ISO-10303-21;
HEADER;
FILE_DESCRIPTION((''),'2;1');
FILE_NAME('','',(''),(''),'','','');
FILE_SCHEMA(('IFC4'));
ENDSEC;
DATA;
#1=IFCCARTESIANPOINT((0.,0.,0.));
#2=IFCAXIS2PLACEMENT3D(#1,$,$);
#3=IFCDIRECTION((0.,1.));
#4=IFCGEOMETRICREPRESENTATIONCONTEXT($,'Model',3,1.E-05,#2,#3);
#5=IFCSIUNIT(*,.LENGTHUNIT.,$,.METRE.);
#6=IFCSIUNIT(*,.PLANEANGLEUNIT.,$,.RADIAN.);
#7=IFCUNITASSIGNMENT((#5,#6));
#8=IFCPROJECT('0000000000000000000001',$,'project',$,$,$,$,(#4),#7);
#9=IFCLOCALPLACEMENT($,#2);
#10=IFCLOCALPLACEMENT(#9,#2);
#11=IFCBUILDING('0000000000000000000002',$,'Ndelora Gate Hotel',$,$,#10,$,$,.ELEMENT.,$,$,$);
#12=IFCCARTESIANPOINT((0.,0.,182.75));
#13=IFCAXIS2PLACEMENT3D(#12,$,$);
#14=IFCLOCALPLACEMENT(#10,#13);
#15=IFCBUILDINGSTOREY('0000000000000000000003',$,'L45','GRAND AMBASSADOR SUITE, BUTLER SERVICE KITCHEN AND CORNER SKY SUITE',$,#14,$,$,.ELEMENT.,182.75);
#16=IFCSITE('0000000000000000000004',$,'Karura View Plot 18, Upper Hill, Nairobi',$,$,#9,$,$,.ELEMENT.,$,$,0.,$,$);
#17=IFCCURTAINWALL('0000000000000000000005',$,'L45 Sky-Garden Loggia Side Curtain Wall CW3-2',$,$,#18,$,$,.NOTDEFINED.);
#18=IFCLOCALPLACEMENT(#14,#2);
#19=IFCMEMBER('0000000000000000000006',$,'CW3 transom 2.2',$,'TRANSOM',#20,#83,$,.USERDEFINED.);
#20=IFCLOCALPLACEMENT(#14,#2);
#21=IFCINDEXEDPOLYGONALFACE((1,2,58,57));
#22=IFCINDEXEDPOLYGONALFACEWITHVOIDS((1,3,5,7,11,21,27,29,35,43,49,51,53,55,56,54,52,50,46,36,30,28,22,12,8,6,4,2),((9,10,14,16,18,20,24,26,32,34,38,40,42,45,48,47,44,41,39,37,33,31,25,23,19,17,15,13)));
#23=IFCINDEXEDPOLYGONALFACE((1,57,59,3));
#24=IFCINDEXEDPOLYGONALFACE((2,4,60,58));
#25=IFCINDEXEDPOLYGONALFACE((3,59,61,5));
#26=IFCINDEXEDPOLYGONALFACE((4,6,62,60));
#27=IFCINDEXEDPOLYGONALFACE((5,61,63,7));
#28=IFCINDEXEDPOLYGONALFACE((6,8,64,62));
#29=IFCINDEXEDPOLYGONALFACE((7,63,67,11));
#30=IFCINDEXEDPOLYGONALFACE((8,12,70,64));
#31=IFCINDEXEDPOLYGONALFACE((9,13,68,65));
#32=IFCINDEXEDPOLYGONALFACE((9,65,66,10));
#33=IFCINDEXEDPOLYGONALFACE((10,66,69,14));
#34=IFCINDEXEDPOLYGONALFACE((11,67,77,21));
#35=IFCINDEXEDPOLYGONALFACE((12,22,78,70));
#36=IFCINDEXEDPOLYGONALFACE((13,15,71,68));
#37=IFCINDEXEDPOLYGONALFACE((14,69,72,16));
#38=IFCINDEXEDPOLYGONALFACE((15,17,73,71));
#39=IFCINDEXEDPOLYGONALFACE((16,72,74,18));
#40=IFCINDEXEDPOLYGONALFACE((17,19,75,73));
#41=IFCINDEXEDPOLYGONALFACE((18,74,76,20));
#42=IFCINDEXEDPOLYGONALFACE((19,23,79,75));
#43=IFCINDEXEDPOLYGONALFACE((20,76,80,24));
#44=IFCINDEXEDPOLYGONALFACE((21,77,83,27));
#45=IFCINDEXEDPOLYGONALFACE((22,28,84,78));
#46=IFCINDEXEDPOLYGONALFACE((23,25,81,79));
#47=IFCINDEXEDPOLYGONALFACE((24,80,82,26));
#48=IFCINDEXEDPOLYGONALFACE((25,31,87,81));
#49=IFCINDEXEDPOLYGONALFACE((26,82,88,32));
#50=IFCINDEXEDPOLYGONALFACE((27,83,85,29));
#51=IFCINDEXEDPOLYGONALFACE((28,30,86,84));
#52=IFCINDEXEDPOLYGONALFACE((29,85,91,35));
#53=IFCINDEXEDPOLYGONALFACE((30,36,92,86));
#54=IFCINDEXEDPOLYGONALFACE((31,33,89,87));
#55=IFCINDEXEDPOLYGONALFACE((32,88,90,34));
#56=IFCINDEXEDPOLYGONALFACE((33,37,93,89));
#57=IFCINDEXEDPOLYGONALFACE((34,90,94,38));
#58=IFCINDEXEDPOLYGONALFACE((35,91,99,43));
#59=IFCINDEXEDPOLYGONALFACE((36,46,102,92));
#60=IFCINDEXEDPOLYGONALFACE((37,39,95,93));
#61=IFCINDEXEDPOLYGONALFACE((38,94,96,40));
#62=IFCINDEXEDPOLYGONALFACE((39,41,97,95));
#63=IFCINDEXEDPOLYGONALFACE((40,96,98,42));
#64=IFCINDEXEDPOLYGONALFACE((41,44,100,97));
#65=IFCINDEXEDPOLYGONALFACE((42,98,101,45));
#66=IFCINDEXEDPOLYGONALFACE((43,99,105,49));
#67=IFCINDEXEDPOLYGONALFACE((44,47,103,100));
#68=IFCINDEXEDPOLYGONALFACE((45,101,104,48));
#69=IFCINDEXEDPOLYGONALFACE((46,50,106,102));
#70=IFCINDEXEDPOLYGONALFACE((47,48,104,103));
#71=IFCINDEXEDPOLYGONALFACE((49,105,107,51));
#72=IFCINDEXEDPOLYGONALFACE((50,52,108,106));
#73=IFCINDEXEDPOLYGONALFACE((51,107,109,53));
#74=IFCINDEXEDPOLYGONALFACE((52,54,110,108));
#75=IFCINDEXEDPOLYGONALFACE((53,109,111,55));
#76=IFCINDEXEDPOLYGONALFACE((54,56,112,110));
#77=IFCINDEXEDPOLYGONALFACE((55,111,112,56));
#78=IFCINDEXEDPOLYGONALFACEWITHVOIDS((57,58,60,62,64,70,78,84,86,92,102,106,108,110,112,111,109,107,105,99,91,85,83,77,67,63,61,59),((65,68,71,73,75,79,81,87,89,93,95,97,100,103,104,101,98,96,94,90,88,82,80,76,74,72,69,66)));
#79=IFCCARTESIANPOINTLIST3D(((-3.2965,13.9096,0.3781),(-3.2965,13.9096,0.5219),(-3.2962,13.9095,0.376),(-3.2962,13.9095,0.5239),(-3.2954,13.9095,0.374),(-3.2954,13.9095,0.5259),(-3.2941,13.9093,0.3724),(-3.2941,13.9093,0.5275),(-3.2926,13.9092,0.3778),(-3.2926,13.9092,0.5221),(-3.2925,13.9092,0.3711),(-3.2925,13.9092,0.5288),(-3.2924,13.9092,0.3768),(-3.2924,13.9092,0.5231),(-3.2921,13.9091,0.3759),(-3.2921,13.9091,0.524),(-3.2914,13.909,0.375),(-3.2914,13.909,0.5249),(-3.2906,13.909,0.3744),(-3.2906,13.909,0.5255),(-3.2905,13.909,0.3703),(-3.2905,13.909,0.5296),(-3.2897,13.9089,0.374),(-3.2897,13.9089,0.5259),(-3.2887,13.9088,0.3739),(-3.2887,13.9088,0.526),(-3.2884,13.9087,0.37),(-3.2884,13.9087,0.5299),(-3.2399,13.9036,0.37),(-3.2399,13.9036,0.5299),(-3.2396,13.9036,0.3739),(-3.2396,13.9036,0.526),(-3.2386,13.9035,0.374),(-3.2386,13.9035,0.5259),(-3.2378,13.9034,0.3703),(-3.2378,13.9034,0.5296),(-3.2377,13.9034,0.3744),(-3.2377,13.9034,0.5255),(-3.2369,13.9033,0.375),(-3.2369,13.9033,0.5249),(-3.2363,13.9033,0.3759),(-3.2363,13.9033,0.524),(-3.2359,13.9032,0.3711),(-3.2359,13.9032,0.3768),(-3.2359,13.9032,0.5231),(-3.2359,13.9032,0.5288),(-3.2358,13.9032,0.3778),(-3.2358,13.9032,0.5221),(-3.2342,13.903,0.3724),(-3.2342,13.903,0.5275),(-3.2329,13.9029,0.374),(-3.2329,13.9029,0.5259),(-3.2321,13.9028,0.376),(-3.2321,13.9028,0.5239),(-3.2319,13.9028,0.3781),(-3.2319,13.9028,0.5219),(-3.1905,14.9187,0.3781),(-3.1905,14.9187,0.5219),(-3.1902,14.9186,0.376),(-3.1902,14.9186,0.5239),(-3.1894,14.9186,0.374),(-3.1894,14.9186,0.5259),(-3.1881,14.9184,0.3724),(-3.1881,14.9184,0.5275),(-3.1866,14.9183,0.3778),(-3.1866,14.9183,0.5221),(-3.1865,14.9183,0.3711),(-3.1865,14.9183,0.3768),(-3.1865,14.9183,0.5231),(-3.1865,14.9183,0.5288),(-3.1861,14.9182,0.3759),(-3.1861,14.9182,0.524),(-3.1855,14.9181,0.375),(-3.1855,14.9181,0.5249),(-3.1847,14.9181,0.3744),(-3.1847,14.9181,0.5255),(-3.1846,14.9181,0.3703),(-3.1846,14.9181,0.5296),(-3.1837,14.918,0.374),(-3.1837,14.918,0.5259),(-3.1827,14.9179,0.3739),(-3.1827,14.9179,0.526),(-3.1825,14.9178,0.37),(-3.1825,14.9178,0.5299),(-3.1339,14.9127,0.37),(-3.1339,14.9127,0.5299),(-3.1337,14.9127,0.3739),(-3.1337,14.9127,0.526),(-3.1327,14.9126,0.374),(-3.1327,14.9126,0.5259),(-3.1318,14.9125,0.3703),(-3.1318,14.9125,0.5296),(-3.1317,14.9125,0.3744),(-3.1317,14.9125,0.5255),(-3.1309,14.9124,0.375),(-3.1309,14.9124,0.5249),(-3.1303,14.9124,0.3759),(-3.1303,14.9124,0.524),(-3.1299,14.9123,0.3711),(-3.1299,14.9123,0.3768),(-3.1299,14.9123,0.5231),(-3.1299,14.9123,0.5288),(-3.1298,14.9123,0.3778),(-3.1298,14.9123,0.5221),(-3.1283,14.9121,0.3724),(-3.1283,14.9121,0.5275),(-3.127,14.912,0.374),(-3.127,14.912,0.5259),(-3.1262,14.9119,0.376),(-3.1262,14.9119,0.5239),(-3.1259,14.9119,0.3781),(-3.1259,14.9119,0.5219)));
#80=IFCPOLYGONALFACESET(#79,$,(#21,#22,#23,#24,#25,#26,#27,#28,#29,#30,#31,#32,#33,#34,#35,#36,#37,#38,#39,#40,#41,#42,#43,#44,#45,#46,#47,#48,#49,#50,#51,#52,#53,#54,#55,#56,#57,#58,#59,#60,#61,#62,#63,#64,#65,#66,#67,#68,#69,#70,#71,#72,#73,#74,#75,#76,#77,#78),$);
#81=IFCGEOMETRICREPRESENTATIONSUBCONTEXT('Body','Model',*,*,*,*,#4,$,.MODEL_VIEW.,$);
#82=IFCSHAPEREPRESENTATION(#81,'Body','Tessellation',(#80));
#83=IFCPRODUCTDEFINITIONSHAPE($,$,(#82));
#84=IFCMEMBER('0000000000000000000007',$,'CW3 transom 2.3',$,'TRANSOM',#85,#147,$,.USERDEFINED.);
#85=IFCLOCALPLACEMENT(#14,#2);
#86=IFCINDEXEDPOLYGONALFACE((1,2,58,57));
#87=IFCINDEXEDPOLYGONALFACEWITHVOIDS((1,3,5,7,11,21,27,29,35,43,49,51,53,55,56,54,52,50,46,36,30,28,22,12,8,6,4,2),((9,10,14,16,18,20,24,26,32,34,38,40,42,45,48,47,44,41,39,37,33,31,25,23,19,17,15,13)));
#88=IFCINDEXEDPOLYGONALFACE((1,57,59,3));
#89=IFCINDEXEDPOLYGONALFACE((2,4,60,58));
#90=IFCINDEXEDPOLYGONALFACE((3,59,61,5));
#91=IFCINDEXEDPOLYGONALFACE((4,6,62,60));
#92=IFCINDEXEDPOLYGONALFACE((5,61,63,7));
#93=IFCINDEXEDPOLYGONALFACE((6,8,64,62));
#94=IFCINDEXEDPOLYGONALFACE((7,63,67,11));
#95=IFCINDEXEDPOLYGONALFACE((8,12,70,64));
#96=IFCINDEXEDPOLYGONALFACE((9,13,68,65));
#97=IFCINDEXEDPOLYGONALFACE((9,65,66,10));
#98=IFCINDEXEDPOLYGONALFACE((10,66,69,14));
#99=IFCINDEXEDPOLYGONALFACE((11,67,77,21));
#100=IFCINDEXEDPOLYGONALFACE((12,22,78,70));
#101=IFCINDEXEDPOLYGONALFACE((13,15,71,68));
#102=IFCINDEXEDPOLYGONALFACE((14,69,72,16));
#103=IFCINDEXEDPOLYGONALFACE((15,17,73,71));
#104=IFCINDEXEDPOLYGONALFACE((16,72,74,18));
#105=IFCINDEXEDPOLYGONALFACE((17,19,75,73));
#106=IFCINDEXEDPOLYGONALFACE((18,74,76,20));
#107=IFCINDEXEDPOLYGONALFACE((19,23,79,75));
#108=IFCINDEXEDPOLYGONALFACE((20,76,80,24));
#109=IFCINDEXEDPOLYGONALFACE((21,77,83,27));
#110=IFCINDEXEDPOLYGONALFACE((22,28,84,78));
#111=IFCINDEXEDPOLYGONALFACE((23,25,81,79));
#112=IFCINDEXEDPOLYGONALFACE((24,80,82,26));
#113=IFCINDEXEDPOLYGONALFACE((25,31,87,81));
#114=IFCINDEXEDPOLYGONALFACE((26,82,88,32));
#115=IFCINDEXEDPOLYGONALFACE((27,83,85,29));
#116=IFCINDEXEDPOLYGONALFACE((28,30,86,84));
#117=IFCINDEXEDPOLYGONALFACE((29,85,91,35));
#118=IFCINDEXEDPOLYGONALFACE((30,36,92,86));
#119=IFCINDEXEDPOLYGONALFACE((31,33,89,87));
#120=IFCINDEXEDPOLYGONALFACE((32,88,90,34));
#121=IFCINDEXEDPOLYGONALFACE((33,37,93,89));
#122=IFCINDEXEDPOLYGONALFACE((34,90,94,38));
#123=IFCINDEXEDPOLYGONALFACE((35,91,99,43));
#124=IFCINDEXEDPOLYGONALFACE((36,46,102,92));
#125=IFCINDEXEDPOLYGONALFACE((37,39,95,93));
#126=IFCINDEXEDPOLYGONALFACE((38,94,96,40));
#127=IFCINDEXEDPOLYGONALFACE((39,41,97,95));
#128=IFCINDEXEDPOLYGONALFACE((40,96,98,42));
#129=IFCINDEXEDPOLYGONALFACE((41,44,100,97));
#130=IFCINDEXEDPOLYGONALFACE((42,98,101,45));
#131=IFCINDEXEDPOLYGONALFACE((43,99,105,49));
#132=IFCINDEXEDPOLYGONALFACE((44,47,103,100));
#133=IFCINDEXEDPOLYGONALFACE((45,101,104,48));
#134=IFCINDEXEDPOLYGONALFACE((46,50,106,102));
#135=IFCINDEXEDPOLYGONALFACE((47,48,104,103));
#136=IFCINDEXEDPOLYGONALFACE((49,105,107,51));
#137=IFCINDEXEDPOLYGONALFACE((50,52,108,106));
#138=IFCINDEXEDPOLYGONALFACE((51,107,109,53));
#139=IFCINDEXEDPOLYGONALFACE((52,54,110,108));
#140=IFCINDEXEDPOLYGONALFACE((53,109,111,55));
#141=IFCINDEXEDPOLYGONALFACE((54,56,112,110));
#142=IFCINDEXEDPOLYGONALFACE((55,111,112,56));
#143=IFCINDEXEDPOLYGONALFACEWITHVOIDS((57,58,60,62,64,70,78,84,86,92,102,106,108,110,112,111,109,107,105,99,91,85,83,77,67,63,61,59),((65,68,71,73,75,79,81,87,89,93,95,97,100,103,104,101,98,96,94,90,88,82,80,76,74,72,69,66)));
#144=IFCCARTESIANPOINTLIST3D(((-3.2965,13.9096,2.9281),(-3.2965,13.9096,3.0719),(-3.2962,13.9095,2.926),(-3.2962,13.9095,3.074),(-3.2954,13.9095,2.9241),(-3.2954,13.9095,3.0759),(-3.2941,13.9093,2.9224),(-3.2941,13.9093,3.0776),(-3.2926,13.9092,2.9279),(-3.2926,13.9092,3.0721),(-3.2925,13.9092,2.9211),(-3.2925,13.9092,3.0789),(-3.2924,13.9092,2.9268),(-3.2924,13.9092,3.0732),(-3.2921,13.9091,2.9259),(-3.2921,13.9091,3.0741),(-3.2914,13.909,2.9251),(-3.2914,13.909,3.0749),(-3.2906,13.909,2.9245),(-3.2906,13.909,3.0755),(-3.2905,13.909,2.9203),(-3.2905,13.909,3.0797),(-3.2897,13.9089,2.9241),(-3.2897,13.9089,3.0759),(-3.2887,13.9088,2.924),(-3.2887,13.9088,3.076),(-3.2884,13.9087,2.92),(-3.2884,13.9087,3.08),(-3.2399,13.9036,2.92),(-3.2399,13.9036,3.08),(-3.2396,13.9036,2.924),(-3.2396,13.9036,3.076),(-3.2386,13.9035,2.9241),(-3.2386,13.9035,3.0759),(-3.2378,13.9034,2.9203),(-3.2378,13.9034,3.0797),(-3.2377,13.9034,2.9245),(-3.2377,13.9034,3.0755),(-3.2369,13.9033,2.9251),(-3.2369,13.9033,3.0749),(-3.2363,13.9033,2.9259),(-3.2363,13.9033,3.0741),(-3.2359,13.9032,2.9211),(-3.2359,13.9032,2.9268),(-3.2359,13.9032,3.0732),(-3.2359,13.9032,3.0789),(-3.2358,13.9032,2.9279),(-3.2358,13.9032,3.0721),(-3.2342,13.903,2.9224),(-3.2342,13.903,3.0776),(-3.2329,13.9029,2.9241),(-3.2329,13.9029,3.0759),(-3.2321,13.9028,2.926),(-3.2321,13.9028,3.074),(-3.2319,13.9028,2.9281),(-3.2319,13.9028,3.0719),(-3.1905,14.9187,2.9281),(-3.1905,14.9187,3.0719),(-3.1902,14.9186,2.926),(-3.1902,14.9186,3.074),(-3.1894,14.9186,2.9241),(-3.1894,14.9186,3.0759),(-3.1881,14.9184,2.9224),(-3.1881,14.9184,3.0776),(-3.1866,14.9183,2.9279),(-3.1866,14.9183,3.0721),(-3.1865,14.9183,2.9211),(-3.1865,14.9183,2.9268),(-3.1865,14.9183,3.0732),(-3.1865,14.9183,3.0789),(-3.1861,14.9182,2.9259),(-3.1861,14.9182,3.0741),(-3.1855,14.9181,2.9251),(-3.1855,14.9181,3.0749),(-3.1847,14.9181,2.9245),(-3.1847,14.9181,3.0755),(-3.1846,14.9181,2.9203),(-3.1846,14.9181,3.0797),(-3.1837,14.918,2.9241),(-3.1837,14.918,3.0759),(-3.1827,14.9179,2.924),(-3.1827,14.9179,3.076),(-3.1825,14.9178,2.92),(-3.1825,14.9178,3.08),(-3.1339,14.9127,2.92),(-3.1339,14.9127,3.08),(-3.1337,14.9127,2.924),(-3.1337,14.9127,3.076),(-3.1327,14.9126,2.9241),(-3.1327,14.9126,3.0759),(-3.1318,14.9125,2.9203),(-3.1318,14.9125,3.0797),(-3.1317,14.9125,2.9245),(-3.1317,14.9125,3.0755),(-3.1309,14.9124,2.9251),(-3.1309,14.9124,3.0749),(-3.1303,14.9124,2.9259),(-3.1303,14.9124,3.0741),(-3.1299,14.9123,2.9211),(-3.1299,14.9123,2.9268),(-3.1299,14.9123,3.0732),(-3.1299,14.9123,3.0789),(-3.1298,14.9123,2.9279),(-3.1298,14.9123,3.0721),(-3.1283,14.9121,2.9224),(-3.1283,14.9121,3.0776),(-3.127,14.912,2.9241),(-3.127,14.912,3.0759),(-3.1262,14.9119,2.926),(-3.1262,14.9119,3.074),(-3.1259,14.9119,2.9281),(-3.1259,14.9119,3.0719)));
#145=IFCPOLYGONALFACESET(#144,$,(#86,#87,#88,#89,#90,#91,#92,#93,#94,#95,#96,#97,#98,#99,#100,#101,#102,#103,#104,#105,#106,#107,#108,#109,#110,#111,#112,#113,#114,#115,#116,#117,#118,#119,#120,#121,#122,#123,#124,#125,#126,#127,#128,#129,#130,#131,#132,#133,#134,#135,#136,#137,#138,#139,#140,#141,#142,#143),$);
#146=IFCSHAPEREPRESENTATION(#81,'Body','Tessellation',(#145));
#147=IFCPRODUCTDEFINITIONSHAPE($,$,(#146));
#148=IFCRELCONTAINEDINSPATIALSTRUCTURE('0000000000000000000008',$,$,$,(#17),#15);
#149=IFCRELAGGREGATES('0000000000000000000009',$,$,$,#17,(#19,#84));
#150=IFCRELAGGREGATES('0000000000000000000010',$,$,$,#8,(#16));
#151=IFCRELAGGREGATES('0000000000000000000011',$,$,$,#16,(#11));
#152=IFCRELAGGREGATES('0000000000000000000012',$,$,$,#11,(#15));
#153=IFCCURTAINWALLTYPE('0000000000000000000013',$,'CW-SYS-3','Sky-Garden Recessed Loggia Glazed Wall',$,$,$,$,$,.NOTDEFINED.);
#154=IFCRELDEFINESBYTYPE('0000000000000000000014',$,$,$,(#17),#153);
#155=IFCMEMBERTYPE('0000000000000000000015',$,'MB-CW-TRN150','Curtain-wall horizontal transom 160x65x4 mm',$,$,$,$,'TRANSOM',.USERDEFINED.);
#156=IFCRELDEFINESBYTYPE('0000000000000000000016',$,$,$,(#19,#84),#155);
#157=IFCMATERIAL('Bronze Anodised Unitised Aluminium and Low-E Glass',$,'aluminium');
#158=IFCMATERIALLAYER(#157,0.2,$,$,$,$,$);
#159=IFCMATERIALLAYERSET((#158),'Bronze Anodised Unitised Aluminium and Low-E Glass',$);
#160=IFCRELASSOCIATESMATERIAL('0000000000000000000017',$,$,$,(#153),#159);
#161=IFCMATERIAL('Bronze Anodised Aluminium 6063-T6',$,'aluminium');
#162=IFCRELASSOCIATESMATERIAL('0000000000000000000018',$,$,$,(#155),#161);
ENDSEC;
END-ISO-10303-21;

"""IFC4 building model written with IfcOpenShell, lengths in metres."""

from ifc_helpers import new_model, si_unit, direction, frame, origin, origin_2d, place, context, subcontext, project, spatial, hollow_rectangle, extrude, material, layer, layer_set, material_profile, profile_set, type_object, element, aggregate, save


model = new_model("IFC4")

# Units and contexts
model_context = context("Model", 3, precision=1e-05, world=origin(), true_north=direction((0.0, 1.0)))
body_context = subcontext(model_context, "Body", "Model", "MODEL_VIEW")
ifc_project = project(units=[si_unit("LENGTHUNIT", "METRE"), si_unit("PLANEANGLEUNIT", "RADIAN")], contexts=[model_context])

# Site, building, storey
site_placement = place(None, origin())
site = spatial("IfcSite", under=ifc_project, at=site_placement, Name="Karura View Plot 18, Upper Hill, Nairobi", CompositionType="ELEMENT", RefElevation=0.0)
building_placement = place(site_placement, origin())
building = spatial("IfcBuilding", under=site, at=building_placement, Name="Ndelora Gate Hotel", CompositionType="ELEMENT")
storey_placement = place(building_placement, frame((0.0, 0.0, 182.75)))
storey = spatial("IfcBuildingStorey", under=building, at=storey_placement, Name="L45", Description="GRAND AMBASSADOR SUITE, BUTLER SERVICE KITCHEN AND CORNER SKY SUITE", CompositionType="ELEMENT", Elevation=182.75)

# Curtain wall, members
ifc_material_1 = material(Name="Bronze Anodised Unitised Aluminium and Low-E Glass", Category="aluminium")
ifc_layer_1 = layer(ifc_material_1, 0.2)
ifc_layer_set_1 = layer_set([ifc_layer_1], Name="Bronze Anodised Unitised Aluminium and Low-E Glass")
curtain_wall_type = type_object("IfcCurtainWallType", Name="CW-SYS-3", Description="Sky-Garden Recessed Loggia Glazed Wall", PredefinedType="NOTDEFINED", material=ifc_layer_set_1)
curtain_wall_placement = place(storey_placement, origin())
curtain_wall = element("IfcCurtainWall", 1, at=curtain_wall_placement, inside=storey, type_object=curtain_wall_type, Name="L45 Sky-Garden Loggia Side Curtain Wall CW3-2", PredefinedType="NOTDEFINED")
ifc_material_2 = material(Name="Bronze Anodised Aluminium 6063-T6", Category="aluminium")
ifc_material_profile_1 = material_profile(ifc_material_2, hollow_rectangle(XDim=0.0649, YDim=0.1599, WallThickness=0.0039, InnerFilletRadius=0.0039, OuterFilletRadius=0.0081, at=origin_2d()), Name="ALU 160x65x4")
ifc_profile_set_1 = profile_set([ifc_material_profile_1], Name="Bronze Anodised Aluminium 6063-T6")
member_type_1 = type_object("IfcMemberType", Name="MB-CW-TRN150", Description="Curtain-wall horizontal transom 160x65x4 mm", ElementType="TRANSOM", PredefinedType="USERDEFINED", material=ifc_profile_set_1)
member_1_placement = place(storey_placement, frame((-3.1582, 14.9153, 0.45), z_axis=(-0.104434, -0.994532, 0.0), x_axis=(0.994532, -0.104434, 0.0)))
member_1 = element("IfcMember", 2, at=member_1_placement, type_object=member_type_1, Name="CW3 transom 2.2", ObjectType="TRANSOM", PredefinedType="USERDEFINED", context=body_context, shape_type="SweptSolid", body=[
    extrude(hollow_rectangle(XDim=0.0649, YDim=0.1599, WallThickness=0.0039, InnerFilletRadius=0.0039, OuterFilletRadius=0.0081, at=origin_2d()), origin(), (0.0, 0.0, 1.0), 1.0146),
])
member_2_placement = place(storey_placement, frame((-3.1582, 14.9153, 3.0), z_axis=(-0.104434, -0.994532, 0.0), x_axis=(0.994532, -0.104434, 0.0)))
member_2 = element("IfcMember", 3, at=member_2_placement, type_object=member_type_1, Name="CW3 transom 2.3", ObjectType="TRANSOM", PredefinedType="USERDEFINED", context=body_context, shape_type="SweptSolid", body=[
    extrude(hollow_rectangle(XDim=0.0649, YDim=0.1599, WallThickness=0.0039, InnerFilletRadius=0.0039, OuterFilletRadius=0.0081, at=origin_2d()), origin(), (0.0, 0.0, 1.0), 1.0146),
])
aggregate(curtain_wall, [member_1, member_2])

save(model, "model.ifc")
